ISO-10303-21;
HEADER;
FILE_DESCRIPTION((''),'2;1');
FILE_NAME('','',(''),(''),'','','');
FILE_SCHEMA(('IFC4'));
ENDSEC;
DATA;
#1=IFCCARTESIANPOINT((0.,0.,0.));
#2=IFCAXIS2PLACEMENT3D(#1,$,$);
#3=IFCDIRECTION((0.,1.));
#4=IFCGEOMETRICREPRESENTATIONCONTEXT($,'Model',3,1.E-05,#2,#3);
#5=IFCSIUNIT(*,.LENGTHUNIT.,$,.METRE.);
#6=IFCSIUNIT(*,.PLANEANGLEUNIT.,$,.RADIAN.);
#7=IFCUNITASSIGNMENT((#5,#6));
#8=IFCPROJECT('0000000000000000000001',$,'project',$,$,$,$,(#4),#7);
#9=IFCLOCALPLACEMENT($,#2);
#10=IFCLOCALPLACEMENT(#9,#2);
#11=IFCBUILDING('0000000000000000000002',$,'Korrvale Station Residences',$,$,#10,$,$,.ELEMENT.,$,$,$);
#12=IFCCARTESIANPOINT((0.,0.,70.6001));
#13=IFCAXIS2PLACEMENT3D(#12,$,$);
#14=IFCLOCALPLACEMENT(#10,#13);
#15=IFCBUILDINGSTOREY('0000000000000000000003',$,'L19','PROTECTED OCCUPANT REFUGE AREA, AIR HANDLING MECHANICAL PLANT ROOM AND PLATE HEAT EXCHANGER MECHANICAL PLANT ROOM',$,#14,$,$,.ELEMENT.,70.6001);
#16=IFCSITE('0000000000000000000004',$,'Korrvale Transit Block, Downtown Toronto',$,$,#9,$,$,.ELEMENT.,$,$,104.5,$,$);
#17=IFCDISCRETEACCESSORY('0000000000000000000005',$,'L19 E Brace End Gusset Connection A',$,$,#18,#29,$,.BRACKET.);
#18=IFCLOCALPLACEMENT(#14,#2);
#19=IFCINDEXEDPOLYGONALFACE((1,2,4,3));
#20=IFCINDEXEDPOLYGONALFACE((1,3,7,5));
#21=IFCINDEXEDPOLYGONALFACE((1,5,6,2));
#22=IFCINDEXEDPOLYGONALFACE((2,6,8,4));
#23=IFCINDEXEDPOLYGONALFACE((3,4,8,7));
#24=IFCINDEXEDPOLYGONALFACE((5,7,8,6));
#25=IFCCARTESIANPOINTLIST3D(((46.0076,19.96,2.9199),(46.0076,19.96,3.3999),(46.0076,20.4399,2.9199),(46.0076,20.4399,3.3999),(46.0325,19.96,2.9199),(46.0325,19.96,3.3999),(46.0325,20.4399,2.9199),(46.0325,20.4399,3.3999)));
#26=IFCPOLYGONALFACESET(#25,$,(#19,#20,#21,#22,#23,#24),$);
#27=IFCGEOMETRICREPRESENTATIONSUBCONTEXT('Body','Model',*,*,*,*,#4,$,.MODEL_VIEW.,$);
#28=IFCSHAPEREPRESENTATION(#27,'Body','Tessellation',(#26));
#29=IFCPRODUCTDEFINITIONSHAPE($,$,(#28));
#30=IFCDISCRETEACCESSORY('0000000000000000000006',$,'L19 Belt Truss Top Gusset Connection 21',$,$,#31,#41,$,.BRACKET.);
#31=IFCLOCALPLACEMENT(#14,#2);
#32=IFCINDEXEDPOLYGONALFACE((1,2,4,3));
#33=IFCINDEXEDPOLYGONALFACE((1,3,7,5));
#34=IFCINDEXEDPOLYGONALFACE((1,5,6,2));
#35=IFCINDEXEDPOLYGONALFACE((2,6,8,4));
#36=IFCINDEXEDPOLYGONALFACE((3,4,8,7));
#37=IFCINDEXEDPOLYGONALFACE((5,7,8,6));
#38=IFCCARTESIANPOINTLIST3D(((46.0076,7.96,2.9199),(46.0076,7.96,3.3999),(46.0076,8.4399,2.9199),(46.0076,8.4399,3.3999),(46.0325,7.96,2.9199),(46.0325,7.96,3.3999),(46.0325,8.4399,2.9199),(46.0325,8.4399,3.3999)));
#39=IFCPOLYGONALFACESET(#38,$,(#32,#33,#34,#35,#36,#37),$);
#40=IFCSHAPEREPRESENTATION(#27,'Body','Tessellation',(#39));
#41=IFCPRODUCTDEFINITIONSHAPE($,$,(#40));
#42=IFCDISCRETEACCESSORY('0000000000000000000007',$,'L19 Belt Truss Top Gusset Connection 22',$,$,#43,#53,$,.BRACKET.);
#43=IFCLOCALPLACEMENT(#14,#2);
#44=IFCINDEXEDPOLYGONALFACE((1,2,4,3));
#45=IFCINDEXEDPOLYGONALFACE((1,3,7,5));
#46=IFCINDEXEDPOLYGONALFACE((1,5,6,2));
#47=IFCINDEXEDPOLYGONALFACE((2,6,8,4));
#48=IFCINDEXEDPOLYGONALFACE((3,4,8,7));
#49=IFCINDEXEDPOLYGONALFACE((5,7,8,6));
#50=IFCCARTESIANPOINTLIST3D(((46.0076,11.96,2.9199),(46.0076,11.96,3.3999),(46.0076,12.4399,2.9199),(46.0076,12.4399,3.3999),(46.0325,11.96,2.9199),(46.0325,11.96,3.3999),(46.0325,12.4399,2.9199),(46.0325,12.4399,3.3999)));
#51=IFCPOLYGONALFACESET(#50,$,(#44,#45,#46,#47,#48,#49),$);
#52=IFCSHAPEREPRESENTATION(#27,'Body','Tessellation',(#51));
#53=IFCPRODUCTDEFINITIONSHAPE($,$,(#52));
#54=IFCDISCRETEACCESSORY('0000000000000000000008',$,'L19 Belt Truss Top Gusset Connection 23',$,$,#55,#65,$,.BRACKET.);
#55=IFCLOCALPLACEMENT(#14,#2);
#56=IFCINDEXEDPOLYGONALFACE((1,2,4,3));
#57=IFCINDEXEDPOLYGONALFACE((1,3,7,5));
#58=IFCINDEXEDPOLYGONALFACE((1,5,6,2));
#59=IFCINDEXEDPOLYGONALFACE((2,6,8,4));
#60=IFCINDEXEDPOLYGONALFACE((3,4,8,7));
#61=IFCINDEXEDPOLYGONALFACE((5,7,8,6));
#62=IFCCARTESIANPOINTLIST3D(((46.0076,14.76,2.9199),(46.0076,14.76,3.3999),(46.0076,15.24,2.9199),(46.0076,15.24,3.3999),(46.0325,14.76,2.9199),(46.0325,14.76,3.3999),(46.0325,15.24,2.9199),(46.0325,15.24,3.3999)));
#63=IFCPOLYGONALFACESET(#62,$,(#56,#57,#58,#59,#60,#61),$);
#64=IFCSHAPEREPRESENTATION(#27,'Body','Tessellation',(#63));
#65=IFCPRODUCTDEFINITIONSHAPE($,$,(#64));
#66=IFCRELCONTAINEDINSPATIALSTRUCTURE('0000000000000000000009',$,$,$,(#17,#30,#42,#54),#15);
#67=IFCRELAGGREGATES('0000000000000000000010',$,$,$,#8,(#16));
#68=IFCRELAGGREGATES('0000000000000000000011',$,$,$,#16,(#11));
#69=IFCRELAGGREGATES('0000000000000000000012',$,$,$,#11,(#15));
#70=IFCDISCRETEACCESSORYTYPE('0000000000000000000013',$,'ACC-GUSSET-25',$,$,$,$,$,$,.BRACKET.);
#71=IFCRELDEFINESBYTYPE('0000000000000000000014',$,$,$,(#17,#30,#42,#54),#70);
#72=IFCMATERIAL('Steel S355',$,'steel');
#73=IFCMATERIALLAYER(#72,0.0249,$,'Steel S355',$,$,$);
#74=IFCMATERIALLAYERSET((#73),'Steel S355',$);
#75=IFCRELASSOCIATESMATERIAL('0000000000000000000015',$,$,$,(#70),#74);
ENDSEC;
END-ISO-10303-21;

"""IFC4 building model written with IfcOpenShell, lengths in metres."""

from ifc_helpers import new_model, si_unit, direction, frame, origin, origin_2d, place, context, subcontext, project, spatial, rectangle, extrude, material, layer, layer_set, type_object, element, save


model = new_model("IFC4")

# Units and contexts
model_context = context("Model", 3, precision=1e-05, world=origin(), true_north=direction((0.0, 1.0)))
body_context = subcontext(model_context, "Body", "Model", "MODEL_VIEW")
ifc_project = project(units=[si_unit("LENGTHUNIT", "METRE"), si_unit("PLANEANGLEUNIT", "RADIAN")], contexts=[model_context])

# Site, building, storey
site_placement = place(None, origin())
site = spatial("IfcSite", under=ifc_project, at=site_placement, Name="Korrvale Transit Block, Downtown Toronto", CompositionType="ELEMENT", RefElevation=104.5)
building_placement = place(site_placement, origin())
building = spatial("IfcBuilding", under=site, at=building_placement, Name="Korrvale Station Residences", CompositionType="ELEMENT")
storey_placement = place(building_placement, frame((0.0, 0.0, 70.6001)))
storey = spatial("IfcBuildingStorey", under=building, at=storey_placement, Name="L19", Description="PROTECTED OCCUPANT REFUGE AREA, AIR HANDLING MECHANICAL PLANT ROOM AND PLATE HEAT EXCHANGER MECHANICAL PLANT ROOM", CompositionType="ELEMENT", Elevation=70.6001)

# Shared definitions
ifc_material_1 = material(Name="Steel S355", Category="steel")

# Discrete accessories
ifc_layer_1 = layer(ifc_material_1, 0.0249, Name="Steel S355")
ifc_layer_set_1 = layer_set([ifc_layer_1], Name="Steel S355")
discrete_accessory_type = type_object("IfcDiscreteAccessoryType", Name="ACC-GUSSET-25", PredefinedType="BRACKET", material=ifc_layer_set_1)
for number, where, z_axis, x_axis, name in (
    (1, (46.02, 20.2, 2.9199), (0.0, 0.0, 1.0), (0.0, 1.0, 0.0), "L19 E Brace End Gusset Connection A"),
    (2, (46.02, 8.2, 2.9199), (0.0, 0.0, 1.0), (0.0, 1.0, 0.0), "L19 Belt Truss Top Gusset Connection 21"),
    (3, (46.02, 12.2, 2.9199), (0.0, 0.0, 1.0), (0.0, 1.0, 0.0), "L19 Belt Truss Top Gusset Connection 22"),
    (4, (46.02, 15.0, 2.9199), (0.0, 0.0, 1.0), (0.0, 1.0, 0.0), "L19 Belt Truss Top Gusset Connection 23"),
):
    element("IfcDiscreteAccessory", number, at=place(storey_placement, frame(where, z_axis=z_axis, x_axis=x_axis)), inside=storey, type_object=discrete_accessory_type, Name=name, PredefinedType="BRACKET", context=body_context, shape_type="SweptSolid", body=[
        extrude(rectangle(XDim=0.48, YDim=0.0249, at=origin_2d()), origin(), (0.0, 0.0, 1.0), 0.48),
    ])

save(model, "model.ifc")
